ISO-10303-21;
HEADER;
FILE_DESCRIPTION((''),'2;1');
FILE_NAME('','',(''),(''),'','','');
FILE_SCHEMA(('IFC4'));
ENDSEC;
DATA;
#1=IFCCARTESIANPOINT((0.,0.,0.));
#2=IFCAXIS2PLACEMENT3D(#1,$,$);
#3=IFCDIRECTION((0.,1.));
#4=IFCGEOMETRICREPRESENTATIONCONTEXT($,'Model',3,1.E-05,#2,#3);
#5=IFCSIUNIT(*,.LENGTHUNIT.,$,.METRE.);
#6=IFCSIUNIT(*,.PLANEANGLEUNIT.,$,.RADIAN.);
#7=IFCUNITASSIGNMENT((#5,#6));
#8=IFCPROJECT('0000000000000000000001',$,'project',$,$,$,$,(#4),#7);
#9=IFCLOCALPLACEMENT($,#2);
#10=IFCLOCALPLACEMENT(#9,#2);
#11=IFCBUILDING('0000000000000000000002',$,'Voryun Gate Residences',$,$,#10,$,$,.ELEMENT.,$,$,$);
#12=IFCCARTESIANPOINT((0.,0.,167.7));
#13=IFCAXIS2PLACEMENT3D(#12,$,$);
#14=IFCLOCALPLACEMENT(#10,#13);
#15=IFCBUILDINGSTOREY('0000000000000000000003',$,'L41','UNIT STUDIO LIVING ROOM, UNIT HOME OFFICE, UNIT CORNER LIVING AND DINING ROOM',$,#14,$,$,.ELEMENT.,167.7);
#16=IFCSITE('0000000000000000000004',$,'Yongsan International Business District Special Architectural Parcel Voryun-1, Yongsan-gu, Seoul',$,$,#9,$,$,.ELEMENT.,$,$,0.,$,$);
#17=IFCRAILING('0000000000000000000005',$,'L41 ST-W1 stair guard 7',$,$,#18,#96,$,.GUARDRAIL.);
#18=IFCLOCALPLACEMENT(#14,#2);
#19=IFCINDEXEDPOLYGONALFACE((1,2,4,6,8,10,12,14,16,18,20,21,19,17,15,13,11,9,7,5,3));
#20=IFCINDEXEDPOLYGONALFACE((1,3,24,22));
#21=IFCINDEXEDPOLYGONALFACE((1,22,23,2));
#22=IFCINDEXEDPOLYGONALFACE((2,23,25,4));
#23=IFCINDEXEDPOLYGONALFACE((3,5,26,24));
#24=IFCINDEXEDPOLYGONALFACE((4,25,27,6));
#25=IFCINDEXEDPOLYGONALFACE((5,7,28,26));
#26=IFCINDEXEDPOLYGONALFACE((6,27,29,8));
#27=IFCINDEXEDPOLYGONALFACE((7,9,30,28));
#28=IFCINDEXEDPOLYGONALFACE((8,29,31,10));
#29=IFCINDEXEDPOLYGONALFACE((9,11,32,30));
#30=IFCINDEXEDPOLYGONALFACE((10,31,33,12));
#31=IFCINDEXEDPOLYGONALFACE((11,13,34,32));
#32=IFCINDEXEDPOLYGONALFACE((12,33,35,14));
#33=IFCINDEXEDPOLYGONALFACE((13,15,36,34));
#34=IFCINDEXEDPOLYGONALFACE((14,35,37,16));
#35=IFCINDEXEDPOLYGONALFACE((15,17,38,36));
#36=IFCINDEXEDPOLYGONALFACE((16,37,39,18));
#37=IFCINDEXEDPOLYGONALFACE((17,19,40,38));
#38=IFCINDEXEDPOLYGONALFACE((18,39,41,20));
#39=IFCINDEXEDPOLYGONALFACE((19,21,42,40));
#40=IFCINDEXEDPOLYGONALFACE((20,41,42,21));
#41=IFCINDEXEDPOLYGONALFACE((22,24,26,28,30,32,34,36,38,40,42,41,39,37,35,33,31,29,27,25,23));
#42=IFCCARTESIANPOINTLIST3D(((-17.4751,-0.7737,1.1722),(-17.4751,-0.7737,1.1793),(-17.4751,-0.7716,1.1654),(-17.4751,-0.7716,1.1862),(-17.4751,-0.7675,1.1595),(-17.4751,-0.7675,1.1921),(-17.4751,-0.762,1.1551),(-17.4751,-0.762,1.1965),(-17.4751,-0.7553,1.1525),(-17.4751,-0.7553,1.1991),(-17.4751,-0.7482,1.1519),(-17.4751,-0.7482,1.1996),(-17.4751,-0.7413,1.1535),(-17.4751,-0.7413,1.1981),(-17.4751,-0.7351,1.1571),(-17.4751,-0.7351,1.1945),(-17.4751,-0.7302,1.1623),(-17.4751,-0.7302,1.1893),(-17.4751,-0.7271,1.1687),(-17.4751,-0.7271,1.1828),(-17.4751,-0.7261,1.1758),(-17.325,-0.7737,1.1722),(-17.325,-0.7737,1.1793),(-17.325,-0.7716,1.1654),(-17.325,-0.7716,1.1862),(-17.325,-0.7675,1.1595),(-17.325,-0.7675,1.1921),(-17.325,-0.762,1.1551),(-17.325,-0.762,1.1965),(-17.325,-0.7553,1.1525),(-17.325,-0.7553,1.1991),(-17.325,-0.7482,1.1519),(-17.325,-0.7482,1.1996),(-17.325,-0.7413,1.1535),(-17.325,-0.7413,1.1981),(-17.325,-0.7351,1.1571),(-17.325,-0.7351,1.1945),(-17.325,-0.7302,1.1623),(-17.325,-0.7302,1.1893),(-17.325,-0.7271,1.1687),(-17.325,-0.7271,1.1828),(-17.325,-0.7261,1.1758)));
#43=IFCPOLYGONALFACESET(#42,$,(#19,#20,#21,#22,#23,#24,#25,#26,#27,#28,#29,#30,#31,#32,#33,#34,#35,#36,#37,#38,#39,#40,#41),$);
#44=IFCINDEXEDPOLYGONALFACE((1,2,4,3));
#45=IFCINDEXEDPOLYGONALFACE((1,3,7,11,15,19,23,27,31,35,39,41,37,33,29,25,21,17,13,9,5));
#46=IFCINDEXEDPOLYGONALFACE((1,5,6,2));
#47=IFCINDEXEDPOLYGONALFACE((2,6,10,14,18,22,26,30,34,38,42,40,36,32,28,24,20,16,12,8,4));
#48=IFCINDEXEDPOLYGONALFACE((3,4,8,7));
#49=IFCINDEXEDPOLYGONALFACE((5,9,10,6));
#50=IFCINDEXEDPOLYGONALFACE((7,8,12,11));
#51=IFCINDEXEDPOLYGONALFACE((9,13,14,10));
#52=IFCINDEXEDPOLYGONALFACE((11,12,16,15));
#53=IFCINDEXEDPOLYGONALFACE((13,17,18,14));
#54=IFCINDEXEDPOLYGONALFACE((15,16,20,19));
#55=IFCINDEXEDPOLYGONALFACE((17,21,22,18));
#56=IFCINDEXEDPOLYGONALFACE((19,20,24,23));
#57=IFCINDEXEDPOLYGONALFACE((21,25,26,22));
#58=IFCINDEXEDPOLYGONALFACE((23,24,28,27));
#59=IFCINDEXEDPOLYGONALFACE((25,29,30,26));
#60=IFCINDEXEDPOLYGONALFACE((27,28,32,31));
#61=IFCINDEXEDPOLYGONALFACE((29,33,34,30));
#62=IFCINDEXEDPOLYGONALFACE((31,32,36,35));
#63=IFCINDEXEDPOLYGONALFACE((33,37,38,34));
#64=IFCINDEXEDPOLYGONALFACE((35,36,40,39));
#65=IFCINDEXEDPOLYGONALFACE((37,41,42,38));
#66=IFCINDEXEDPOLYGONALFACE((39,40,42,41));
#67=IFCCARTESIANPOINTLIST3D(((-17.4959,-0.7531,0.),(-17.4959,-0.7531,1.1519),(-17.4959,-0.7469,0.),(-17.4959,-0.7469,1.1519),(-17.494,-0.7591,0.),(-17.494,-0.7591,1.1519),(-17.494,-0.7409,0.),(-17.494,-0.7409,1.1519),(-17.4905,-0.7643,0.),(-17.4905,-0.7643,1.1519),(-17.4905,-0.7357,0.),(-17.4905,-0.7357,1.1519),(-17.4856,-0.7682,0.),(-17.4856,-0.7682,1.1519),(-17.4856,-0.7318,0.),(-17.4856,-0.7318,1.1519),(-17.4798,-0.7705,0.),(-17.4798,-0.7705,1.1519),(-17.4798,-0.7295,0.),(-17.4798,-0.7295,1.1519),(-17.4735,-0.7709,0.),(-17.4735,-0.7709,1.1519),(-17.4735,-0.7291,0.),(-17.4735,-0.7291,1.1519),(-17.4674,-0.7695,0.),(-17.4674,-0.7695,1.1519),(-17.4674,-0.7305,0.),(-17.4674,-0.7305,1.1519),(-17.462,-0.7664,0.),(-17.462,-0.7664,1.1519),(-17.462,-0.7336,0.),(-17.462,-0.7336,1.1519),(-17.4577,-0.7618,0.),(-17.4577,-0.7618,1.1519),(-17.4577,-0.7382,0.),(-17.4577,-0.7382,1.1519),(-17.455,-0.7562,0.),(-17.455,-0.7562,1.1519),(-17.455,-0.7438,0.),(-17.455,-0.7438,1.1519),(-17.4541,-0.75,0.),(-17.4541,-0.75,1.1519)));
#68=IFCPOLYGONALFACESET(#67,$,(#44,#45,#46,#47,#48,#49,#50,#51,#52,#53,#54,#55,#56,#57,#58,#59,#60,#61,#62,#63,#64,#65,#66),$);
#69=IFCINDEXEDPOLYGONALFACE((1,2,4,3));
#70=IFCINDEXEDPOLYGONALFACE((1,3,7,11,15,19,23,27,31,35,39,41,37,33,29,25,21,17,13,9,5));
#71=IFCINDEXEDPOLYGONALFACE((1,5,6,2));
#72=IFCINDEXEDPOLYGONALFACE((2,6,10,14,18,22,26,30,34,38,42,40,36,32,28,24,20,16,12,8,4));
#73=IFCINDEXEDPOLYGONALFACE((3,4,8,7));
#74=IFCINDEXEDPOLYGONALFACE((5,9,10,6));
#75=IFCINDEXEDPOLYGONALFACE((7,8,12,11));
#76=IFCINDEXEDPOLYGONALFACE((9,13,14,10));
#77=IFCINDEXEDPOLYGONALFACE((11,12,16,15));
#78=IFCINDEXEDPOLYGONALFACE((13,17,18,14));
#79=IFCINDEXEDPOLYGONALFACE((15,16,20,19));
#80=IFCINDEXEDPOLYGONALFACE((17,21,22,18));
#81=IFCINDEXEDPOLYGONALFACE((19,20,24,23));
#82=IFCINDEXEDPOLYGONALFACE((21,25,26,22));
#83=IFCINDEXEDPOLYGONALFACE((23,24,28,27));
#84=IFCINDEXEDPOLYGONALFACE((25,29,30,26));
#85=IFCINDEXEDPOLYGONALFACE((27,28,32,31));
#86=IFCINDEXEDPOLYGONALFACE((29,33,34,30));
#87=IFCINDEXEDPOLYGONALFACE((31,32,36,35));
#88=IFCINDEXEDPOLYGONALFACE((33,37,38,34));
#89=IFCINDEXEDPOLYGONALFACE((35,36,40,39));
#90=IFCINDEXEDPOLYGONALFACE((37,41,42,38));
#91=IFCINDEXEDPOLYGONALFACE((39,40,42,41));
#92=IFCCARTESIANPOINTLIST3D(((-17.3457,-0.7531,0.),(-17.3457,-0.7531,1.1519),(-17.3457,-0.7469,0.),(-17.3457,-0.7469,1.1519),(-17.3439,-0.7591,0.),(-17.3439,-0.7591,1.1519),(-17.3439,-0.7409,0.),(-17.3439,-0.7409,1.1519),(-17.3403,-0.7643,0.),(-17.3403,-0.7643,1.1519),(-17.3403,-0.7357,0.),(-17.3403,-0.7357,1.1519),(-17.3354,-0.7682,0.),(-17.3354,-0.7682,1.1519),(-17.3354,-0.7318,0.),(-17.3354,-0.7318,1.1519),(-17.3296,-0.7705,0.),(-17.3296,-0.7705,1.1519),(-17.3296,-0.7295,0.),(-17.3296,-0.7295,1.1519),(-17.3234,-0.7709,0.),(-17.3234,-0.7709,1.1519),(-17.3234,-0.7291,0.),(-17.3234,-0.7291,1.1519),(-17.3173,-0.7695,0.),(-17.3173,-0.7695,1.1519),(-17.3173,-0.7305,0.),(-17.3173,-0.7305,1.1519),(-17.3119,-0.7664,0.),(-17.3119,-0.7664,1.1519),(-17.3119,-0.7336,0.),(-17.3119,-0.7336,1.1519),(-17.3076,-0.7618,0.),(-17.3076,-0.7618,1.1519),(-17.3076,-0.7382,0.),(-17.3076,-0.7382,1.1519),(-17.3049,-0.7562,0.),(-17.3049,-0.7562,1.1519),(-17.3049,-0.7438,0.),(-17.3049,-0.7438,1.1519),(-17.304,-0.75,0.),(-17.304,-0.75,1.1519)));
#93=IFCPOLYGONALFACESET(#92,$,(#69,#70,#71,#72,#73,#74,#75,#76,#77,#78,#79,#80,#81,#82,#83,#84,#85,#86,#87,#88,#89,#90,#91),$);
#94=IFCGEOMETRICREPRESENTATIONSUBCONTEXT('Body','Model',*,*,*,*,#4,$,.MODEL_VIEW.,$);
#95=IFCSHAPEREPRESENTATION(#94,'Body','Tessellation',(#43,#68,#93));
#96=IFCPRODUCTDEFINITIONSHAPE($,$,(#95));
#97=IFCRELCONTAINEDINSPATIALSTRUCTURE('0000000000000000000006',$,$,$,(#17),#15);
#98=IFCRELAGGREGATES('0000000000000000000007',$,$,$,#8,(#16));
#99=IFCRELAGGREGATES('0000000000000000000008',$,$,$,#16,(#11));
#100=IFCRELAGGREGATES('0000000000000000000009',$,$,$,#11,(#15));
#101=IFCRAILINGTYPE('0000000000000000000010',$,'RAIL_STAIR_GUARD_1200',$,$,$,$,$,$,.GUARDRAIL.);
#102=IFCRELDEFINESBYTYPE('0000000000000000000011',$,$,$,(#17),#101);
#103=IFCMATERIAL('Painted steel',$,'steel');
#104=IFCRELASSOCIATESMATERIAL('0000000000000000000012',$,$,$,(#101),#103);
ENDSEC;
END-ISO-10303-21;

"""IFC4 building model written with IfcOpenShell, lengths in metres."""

from ifc_helpers import new_model, si_unit, direction, frame, origin, origin_2d, place, context, subcontext, project, spatial, circle, extrude, material, type_object, element, save


model = new_model("IFC4")

# Units and contexts
model_context = context("Model", 3, precision=1e-05, world=origin(), true_north=direction((0.0, 1.0)))
body_context = subcontext(model_context, "Body", "Model", "MODEL_VIEW")
ifc_project = project(units=[si_unit("LENGTHUNIT", "METRE"), si_unit("PLANEANGLEUNIT", "RADIAN")], contexts=[model_context])

# Site, building, storey
site_placement = place(None, origin())
site = spatial("IfcSite", under=ifc_project, at=site_placement, Name="Yongsan International Business District Special Architectural Parcel Voryun-1, Yongsan-gu, Seoul", CompositionType="ELEMENT", RefElevation=0.0)
building_placement = place(site_placement, origin())
building = spatial("IfcBuilding", under=site, at=building_placement, Name="Voryun Gate Residences", CompositionType="ELEMENT")
storey_placement = place(building_placement, frame((0.0, 0.0, 167.7)))
storey = spatial("IfcBuildingStorey", under=building, at=storey_placement, Name="L41", Description="UNIT STUDIO LIVING ROOM, UNIT HOME OFFICE, UNIT CORNER LIVING AND DINING ROOM", CompositionType="ELEMENT", Elevation=167.7)

# Railing
ifc_material_1 = material(Name="Painted steel", Category="steel")
railing_type_1 = type_object("IfcRailingType", Name="RAIL_STAIR_GUARD_1200", PredefinedType="GUARDRAIL", material=ifc_material_1)
railing_1_placement = place(storey_placement, frame((-17.4751, -0.75, 0.0)))
element("IfcRailing", 1, at=railing_1_placement, inside=storey, type_object=railing_type_1, Name="L41 ST-W1 stair guard 7", PredefinedType="GUARDRAIL", context=body_context, shape_type="SweptSolid", body=[
    extrude(circle(Radius=0.0239, at=origin_2d()), frame((0.0, 0.0, 1.1758), z_axis=(1.0, 0.0, 0.0), x_axis=(0.0, 1.0, 0.0)), (0.0, 0.0, 1.0), 0.1501),
    extrude(circle(Radius=0.021, at=origin_2d()), origin(), (0.0, 0.0, 1.0), 1.1519),
    extrude(circle(Radius=0.021, at=origin_2d()), frame((0.1501, 0.0, 0.0)), (0.0, 0.0, 1.0), 1.1519),
])

save(model, "model.ifc")
